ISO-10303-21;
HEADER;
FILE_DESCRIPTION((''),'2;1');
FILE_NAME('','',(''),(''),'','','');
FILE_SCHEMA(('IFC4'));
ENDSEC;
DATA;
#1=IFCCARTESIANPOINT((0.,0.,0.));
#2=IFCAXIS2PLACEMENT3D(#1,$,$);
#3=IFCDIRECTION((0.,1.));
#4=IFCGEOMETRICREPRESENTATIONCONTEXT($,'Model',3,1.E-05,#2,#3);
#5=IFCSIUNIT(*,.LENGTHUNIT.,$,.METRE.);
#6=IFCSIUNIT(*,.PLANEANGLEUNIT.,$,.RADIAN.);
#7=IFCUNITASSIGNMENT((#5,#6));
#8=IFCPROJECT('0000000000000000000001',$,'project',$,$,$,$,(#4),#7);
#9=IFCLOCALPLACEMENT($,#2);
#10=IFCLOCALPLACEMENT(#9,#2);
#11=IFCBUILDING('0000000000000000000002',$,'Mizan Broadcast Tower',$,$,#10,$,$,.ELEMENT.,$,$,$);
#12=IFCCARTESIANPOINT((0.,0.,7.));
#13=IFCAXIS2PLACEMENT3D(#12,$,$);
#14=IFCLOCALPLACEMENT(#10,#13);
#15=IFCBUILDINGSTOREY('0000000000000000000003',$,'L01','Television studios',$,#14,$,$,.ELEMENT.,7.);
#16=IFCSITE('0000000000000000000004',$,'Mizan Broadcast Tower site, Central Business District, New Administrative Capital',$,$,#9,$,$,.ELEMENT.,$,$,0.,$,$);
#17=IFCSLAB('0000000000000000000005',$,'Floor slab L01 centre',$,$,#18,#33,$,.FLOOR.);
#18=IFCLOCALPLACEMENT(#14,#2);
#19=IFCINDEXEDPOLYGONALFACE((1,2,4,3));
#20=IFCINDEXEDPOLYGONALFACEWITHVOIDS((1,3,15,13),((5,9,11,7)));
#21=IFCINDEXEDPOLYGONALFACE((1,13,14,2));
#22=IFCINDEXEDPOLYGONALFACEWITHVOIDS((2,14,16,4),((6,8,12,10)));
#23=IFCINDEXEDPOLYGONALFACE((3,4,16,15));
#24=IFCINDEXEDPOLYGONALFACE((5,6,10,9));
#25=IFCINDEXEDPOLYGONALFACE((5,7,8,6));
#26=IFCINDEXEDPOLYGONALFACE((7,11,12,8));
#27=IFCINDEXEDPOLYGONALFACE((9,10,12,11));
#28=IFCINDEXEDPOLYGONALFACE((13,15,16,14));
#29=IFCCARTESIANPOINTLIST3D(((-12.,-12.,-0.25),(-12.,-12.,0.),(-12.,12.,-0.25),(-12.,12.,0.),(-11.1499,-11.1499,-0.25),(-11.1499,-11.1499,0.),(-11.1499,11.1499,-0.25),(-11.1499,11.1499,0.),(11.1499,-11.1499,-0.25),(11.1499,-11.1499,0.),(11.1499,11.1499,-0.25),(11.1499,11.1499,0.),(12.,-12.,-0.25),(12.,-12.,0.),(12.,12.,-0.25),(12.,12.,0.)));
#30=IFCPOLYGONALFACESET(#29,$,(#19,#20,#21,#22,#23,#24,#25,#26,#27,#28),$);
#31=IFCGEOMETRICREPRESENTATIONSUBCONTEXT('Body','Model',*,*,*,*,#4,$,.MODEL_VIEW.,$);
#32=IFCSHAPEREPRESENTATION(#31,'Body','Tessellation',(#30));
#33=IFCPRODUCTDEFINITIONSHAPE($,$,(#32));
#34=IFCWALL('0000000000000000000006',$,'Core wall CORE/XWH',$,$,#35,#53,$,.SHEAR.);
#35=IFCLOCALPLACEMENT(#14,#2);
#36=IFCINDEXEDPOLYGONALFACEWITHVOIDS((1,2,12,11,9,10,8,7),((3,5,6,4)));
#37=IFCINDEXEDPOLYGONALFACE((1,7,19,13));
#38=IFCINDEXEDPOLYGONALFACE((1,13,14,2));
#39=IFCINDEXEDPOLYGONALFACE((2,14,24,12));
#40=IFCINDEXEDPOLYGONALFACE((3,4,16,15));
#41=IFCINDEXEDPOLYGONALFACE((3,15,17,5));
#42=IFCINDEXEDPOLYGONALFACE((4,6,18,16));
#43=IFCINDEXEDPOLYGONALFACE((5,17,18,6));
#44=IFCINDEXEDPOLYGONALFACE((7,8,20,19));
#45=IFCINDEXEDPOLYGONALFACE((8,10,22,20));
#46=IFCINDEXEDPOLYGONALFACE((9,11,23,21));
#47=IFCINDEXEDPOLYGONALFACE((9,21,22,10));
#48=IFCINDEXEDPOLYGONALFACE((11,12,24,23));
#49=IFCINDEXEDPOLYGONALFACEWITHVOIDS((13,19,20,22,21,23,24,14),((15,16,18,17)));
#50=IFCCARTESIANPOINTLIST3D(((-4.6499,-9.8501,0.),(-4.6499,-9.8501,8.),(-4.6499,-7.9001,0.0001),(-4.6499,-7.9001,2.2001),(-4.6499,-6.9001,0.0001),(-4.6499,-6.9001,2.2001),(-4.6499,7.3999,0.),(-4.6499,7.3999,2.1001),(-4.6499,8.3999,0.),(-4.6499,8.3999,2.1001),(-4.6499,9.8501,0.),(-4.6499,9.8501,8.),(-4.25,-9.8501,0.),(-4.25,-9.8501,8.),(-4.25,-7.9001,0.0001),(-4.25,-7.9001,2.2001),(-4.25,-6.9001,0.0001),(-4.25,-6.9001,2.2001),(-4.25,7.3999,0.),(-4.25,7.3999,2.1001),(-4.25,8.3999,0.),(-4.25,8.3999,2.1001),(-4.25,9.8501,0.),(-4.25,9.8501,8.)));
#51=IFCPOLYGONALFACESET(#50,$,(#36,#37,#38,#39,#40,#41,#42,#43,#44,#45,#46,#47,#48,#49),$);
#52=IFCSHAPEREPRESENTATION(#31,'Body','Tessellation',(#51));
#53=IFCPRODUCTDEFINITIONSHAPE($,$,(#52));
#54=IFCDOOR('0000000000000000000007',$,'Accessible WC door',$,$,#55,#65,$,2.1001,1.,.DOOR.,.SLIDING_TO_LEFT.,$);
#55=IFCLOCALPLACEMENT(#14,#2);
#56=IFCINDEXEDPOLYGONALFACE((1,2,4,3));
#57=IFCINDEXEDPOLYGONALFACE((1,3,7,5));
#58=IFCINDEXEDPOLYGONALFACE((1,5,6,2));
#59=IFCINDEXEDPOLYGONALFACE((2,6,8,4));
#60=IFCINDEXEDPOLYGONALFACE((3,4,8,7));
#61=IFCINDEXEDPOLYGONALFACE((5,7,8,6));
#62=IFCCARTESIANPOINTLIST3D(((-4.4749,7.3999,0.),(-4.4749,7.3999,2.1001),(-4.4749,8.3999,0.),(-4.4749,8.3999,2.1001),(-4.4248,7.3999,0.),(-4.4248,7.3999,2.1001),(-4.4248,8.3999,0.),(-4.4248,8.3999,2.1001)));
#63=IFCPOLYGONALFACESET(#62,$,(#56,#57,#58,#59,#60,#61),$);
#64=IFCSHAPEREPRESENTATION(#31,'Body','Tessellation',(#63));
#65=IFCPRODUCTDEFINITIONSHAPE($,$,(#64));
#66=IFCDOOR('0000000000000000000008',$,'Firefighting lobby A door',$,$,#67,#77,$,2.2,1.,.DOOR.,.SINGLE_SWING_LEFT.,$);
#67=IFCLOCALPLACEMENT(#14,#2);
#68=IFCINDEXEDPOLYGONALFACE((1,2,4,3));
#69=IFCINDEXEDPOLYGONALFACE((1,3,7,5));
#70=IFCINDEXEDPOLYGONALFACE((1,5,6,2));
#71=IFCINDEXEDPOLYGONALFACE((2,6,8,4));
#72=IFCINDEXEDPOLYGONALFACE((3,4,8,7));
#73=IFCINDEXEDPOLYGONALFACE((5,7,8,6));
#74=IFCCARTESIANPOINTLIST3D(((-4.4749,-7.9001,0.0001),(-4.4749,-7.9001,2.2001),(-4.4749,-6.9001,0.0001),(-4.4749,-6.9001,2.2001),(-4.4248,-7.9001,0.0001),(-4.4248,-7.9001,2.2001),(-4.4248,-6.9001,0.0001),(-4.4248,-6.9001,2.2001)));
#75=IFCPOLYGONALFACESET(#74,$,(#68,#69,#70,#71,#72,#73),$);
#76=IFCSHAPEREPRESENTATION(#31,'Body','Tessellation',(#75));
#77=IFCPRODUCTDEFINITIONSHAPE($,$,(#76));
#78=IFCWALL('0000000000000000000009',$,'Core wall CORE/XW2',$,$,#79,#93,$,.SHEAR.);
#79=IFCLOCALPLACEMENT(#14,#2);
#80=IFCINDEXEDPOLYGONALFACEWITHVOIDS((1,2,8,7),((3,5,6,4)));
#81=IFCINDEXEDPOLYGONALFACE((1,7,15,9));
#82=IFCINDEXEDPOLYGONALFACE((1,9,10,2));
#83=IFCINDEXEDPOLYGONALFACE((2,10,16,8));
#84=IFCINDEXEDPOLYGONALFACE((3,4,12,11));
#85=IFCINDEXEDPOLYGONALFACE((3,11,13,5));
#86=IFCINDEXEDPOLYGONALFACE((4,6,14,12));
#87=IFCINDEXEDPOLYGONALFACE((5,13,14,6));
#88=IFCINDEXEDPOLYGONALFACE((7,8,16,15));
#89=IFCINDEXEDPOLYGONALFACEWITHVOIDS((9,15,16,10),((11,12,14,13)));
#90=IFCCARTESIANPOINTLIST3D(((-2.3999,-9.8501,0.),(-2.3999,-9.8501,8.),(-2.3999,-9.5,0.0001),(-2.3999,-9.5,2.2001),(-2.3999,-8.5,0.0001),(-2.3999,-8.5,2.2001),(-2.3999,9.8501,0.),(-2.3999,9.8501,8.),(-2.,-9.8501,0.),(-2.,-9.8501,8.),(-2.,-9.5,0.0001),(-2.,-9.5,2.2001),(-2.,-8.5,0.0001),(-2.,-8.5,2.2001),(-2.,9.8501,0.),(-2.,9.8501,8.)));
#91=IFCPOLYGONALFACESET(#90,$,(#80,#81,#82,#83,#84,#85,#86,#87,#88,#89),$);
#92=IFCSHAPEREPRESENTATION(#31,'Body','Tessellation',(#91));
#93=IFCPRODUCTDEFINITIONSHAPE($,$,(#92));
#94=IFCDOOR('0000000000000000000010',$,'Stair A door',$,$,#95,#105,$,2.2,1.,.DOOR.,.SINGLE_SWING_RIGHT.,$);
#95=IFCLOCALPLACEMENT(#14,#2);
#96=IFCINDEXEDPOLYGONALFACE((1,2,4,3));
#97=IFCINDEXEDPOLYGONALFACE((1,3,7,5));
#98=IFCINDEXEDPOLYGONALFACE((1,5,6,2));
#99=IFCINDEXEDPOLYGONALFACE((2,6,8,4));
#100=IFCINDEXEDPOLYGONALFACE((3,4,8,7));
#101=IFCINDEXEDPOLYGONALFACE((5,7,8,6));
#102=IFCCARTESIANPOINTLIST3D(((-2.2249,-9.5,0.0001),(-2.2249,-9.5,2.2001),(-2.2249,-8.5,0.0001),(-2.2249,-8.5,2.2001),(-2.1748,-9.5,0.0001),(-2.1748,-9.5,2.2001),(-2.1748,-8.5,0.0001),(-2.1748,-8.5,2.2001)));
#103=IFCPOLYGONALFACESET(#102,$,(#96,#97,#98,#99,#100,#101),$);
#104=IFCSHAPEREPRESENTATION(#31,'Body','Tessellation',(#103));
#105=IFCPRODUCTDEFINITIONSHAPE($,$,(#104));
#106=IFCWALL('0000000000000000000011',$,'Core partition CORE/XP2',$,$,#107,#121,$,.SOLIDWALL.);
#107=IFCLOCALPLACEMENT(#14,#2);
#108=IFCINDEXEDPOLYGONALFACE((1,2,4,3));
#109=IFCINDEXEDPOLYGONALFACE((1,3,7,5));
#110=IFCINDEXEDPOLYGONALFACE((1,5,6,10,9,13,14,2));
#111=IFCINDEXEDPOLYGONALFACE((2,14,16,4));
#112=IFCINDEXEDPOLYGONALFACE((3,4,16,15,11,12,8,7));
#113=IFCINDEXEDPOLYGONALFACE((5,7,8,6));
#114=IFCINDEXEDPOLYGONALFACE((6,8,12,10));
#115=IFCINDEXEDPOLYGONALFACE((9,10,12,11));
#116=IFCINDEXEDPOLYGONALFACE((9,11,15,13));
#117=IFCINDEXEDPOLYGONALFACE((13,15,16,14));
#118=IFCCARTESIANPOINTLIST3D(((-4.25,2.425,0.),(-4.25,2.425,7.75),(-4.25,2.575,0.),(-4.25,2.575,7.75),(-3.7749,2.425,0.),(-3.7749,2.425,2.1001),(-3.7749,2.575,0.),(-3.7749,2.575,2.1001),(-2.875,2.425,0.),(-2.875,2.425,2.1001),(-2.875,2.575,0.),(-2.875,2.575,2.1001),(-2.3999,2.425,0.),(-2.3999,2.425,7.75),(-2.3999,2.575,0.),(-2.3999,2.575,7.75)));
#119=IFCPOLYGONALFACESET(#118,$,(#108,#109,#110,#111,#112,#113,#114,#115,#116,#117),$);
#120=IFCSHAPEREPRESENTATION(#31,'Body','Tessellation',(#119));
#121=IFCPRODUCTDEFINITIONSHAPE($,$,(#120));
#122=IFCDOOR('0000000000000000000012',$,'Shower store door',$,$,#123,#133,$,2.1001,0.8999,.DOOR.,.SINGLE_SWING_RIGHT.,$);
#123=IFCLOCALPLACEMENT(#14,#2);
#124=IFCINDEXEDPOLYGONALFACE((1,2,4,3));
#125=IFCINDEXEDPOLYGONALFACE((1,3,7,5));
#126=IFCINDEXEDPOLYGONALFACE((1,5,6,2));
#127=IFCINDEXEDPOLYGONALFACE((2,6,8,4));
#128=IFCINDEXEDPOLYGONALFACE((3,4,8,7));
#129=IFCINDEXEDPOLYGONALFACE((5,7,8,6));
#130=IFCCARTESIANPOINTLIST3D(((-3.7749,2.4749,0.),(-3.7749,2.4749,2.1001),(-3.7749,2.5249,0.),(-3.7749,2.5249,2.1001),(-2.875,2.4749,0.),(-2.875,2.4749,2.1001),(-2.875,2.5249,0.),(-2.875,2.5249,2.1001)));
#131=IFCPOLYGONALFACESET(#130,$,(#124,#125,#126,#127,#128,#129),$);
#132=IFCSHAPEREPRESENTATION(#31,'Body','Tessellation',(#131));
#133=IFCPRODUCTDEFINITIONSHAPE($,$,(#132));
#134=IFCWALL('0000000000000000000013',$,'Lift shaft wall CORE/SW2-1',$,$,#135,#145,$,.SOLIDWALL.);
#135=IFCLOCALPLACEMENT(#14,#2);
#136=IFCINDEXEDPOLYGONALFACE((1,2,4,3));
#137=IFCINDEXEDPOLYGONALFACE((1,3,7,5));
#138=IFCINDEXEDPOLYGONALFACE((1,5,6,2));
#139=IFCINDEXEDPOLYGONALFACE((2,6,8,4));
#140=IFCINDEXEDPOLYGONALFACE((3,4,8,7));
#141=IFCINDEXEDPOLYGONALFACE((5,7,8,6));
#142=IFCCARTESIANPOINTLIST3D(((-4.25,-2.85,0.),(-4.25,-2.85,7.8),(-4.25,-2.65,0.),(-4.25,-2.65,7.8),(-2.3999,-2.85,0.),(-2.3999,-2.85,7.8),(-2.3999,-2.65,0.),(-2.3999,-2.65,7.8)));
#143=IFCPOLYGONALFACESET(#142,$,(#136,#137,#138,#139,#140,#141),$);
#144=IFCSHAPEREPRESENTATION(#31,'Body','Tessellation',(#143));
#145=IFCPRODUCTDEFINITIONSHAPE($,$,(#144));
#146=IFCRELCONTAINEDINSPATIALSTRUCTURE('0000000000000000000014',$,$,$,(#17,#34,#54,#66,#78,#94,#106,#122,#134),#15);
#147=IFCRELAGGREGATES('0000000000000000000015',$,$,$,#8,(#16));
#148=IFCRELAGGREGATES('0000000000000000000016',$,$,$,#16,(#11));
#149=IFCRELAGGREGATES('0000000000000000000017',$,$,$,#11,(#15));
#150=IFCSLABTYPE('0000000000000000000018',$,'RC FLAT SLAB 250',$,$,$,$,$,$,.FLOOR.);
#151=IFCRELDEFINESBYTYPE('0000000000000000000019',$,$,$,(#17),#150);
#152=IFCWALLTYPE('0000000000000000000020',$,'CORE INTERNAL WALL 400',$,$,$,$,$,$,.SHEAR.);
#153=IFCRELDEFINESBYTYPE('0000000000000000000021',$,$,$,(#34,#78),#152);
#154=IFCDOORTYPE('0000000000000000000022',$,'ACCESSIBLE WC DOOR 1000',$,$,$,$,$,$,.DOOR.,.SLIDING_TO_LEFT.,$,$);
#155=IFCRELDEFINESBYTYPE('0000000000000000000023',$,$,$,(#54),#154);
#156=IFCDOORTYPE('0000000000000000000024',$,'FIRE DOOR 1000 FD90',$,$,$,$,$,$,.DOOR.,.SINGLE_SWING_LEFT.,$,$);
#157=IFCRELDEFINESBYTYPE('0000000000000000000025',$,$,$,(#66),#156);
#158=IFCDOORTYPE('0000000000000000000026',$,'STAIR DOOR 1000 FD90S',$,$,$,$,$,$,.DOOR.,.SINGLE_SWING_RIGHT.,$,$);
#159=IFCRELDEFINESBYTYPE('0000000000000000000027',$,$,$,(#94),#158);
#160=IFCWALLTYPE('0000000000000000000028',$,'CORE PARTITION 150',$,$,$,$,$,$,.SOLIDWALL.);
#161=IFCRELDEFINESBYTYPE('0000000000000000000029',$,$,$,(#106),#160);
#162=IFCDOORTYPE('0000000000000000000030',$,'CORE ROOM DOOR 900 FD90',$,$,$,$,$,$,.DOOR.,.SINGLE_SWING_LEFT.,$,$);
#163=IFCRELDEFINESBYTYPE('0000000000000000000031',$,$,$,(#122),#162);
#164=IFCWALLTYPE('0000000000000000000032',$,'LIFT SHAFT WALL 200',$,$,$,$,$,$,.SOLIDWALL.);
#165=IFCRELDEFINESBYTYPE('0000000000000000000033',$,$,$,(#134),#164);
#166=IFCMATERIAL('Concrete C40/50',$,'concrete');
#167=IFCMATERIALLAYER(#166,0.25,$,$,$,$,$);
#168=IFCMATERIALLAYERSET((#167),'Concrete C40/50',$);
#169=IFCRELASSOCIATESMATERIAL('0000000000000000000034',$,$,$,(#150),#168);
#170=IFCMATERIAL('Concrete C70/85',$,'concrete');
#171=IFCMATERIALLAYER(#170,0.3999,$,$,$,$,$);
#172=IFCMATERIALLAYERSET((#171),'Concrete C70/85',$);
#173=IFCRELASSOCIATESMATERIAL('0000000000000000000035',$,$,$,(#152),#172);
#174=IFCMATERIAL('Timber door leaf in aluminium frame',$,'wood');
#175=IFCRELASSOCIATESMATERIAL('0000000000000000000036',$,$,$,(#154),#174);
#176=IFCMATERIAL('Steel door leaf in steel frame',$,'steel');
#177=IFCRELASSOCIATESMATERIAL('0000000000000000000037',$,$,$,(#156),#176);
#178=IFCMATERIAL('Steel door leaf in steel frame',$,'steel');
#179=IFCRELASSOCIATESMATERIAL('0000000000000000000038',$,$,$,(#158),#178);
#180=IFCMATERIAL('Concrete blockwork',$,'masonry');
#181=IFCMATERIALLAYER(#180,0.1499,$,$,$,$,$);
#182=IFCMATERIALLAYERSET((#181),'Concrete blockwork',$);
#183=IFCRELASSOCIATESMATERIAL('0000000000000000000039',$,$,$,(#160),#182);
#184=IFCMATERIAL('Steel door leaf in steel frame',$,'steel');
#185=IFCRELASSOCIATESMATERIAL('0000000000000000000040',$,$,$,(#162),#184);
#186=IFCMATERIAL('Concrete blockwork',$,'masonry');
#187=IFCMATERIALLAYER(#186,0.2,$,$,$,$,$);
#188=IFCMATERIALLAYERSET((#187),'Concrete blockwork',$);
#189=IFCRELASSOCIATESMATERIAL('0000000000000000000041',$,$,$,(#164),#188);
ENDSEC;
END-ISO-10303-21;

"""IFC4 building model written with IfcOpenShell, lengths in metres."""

from ifc_helpers import new_model, si_unit, direction, frame, frame_2d, origin, place, context, subcontext, project, spatial, polyline, rectangle, outline, extrude, material, layer, layer_set, type_object, element, fill, save


model = new_model("IFC4")

# Units and contexts
model_context = context("Model", 3, precision=1e-05, world=origin(), true_north=direction((0.0, 1.0)))
body_context = subcontext(model_context, "Body", "Model", "MODEL_VIEW")
ifc_project = project(units=[si_unit("LENGTHUNIT", "METRE"), si_unit("PLANEANGLEUNIT", "RADIAN")], contexts=[model_context])

# Site, building, storey
site_placement = place(None, origin())
site = spatial("IfcSite", under=ifc_project, at=site_placement, Name="Mizan Broadcast Tower site, Central Business District, New Administrative Capital", CompositionType="ELEMENT", RefElevation=0.0)
building_placement = place(site_placement, origin())
building = spatial("IfcBuilding", under=site, at=building_placement, Name="Mizan Broadcast Tower", CompositionType="ELEMENT")
storey_placement = place(building_placement, frame((0.0, 0.0, 7.0)))
storey = spatial("IfcBuildingStorey", under=building, at=storey_placement, Name="L01", Description="Television studios", CompositionType="ELEMENT", Elevation=7.0)

# Slab
ifc_material_1 = material(Name="Concrete C40/50", Category="concrete")
ifc_layer_1 = layer(ifc_material_1, 0.25)
ifc_layer_set_1 = layer_set([ifc_layer_1], Name="Concrete C40/50")
slab_type = type_object("IfcSlabType", Name="RC FLAT SLAB 250", PredefinedType="FLOOR", material=ifc_layer_set_1)
slab_placement = place(storey_placement, frame((0.0, 0.0, -0.25)))
element("IfcSlab", 1, at=slab_placement, inside=storey, type_object=slab_type, Name="Floor slab L01 centre", PredefinedType="FLOOR", context=body_context, shape_type="SweptSolid", body=[
    extrude(outline(polyline([(-12.0, -12.0), (12.0, -12.0), (12.0, 12.0), (-12.0, 12.0), (-12.0, -12.0)]), holes=[polyline([(-11.1499, 11.1499), (11.1499, 11.1499), (11.1499, -11.1499), (-11.1499, -11.1499), (-11.1499, 11.1499)])]), origin(), (0.0, 0.0, 1.0), 0.25),
])

# Wall, openings, doors
ifc_material_2 = material(Name="Concrete C70/85", Category="concrete")
ifc_layer_2 = layer(ifc_material_2, 0.3999)
ifc_layer_set_2 = layer_set([ifc_layer_2], Name="Concrete C70/85")
wall_type_1 = type_object("IfcWallType", Name="CORE INTERNAL WALL 400", PredefinedType="SHEAR", material=ifc_layer_set_2)
wall_1_placement = place(storey_placement, frame((-4.45, -9.8501, 0.0), z_axis=(0.0, 0.0, 1.0), x_axis=(0.0, 1.0, 0.0)))
wall_1 = element("IfcWall", 2, at=wall_1_placement, inside=storey, type_object=wall_type_1, Name="Core wall CORE/XWH", PredefinedType="SHEAR", context=body_context, shape_type="SweptSolid", body=[
    extrude(rectangle(XDim=19.7002, YDim=0.3999, at=frame_2d((9.8501, 0.0))), origin(), (0.0, 0.0, 1.0), 8.0),
])
opening_1_placement = place(wall_1_placement, frame((1.95, 0.0, 0.0)))
opening_1 = element("IfcOpeningElement", 3, at=opening_1_placement, cuts=wall_1, PredefinedType="OPENING", context=body_context, shape_type="SweptSolid", body=[
    extrude(rectangle(XDim=1.0, YDim=2.2, at=frame_2d((0.5, 1.1001))), frame((0.0, 0.21, 0.0), z_axis=(0.0, -1.0, 0.0), x_axis=(1.0, 0.0, 0.0)), (0.0, 0.0, 1.0), 0.4199),
])
opening_2_placement = place(wall_1_placement, frame((17.25, 0.0, 0.0)))
opening_2 = element("IfcOpeningElement", 4, at=opening_2_placement, cuts=wall_1, PredefinedType="OPENING", context=body_context, shape_type="SweptSolid", body=[
    extrude(rectangle(XDim=1.0, YDim=2.1001, at=frame_2d((0.5, 1.05))), frame((0.0, 0.21, 0.0), z_axis=(0.0, -1.0, 0.0), x_axis=(1.0, 0.0, 0.0)), (0.0, 0.0, 1.0), 0.4199),
])
ifc_material_3 = material(Name="Timber door leaf in aluminium frame", Category="wood")
door_type_1 = type_object("IfcDoorType", Name="ACCESSIBLE WC DOOR 1000", OperationType="SLIDING_TO_LEFT", PredefinedType="DOOR", material=ifc_material_3)
door_1_placement = place(opening_2_placement, origin())
door_1 = element("IfcDoor", 5, at=door_1_placement, inside=storey, type_object=door_type_1, Name="Accessible WC door", OperationType="SLIDING_TO_LEFT", OverallHeight=2.1001, OverallWidth=1.0, PredefinedType="DOOR", context=body_context, shape_type="SweptSolid", body=[
    extrude(rectangle(XDim=1.0, YDim=2.1001, at=frame_2d((0.5, 1.05))), frame((0.0, 0.0249, 0.0), z_axis=(0.0, -1.0, 0.0), x_axis=(1.0, 0.0, 0.0)), (0.0, 0.0, 1.0), 0.05),
])
fill(opening_2, door_1)
ifc_material_4 = material(Name="Steel door leaf in steel frame", Category="steel")
door_type_2 = type_object("IfcDoorType", Name="FIRE DOOR 1000 FD90", OperationType="SINGLE_SWING_LEFT", PredefinedType="DOOR", material=ifc_material_4)
door_2_placement = place(opening_1_placement, origin())
door_2 = element("IfcDoor", 6, at=door_2_placement, inside=storey, type_object=door_type_2, Name="Firefighting lobby A door", OperationType="SINGLE_SWING_LEFT", OverallHeight=2.2, OverallWidth=1.0, PredefinedType="DOOR", context=body_context, shape_type="SweptSolid", body=[
    extrude(rectangle(XDim=1.0, YDim=2.2, at=frame_2d((0.5, 1.1001))), frame((0.0, 0.0249, 0.0), z_axis=(0.0, -1.0, 0.0), x_axis=(1.0, 0.0, 0.0)), (0.0, 0.0, 1.0), 0.05),
])
fill(opening_1, door_2)

# Walls, openings, doors
wall_2_placement = place(storey_placement, frame((-2.2, -9.8501, 0.0), z_axis=(0.0, 0.0, 1.0), x_axis=(0.0, 1.0, 0.0)))
wall_2 = element("IfcWall", 7, at=wall_2_placement, inside=storey, type_object=wall_type_1, Name="Core wall CORE/XW2", PredefinedType="SHEAR", context=body_context, shape_type="SweptSolid", body=[
    extrude(rectangle(XDim=19.7002, YDim=0.3999, at=frame_2d((9.8501, 0.0))), origin(), (0.0, 0.0, 1.0), 8.0),
])
opening_3_placement = place(wall_2_placement, frame((0.3501, 0.0, 0.0)))
opening_3 = element("IfcOpeningElement", 8, at=opening_3_placement, cuts=wall_2, PredefinedType="OPENING", context=body_context, shape_type="SweptSolid", body=[
    extrude(rectangle(XDim=1.0, YDim=2.2, at=frame_2d((0.5, 1.1001))), frame((0.0, 0.21, 0.0), z_axis=(0.0, -1.0, 0.0), x_axis=(1.0, 0.0, 0.0)), (0.0, 0.0, 1.0), 0.4199),
])
ifc_material_5 = material(Name="Steel door leaf in steel frame", Category="steel")
door_type_3 = type_object("IfcDoorType", Name="STAIR DOOR 1000 FD90S", OperationType="SINGLE_SWING_RIGHT", PredefinedType="DOOR", material=ifc_material_5)
door_3_placement = place(opening_3_placement, origin())
door_3 = element("IfcDoor", 9, at=door_3_placement, inside=storey, type_object=door_type_3, Name="Stair A door", OperationType="SINGLE_SWING_RIGHT", OverallHeight=2.2, OverallWidth=1.0, PredefinedType="DOOR", context=body_context, shape_type="SweptSolid", body=[
    extrude(rectangle(XDim=1.0, YDim=2.2, at=frame_2d((0.5, 1.1001))), frame((0.0, 0.0249, 0.0), z_axis=(0.0, -1.0, 0.0), x_axis=(1.0, 0.0, 0.0)), (0.0, 0.0, 1.0), 0.05),
])
fill(opening_3, door_3)
ifc_material_6 = material(Name="Concrete blockwork", Category="masonry")
ifc_layer_3 = layer(ifc_material_6, 0.1499)
ifc_layer_set_3 = layer_set([ifc_layer_3], Name="Concrete blockwork")
wall_type_2 = type_object("IfcWallType", Name="CORE PARTITION 150", PredefinedType="SOLIDWALL", material=ifc_layer_set_3)
wall_3_placement = place(storey_placement, frame((-4.25, 2.5, 0.0), z_axis=(0.0, 0.0, 1.0), x_axis=(1.0, 0.0, 0.0)))
wall_3 = element("IfcWall", 10, at=wall_3_placement, inside=storey, type_object=wall_type_2, Name="Core partition CORE/XP2", PredefinedType="SOLIDWALL", context=body_context, shape_type="SweptSolid", body=[
    extrude(rectangle(XDim=1.8501, YDim=0.1499, at=frame_2d((0.925, 0.0))), origin(), (0.0, 0.0, 1.0), 7.75),
])
opening_4_placement = place(wall_3_placement, frame((0.4751, 0.0, 0.0)))
opening_4 = element("IfcOpeningElement", 11, at=opening_4_placement, cuts=wall_3, PredefinedType="OPENING", context=body_context, shape_type="SweptSolid", body=[
    extrude(rectangle(XDim=0.8999, YDim=2.1001, at=frame_2d((0.45, 1.05))), frame((0.0, 0.085, 0.0), z_axis=(0.0, -1.0, 0.0), x_axis=(1.0, 0.0, 0.0)), (0.0, 0.0, 1.0), 0.1699),
])
ifc_material_7 = material(Name="Steel door leaf in steel frame", Category="steel")
door_type_4 = type_object("IfcDoorType", Name="CORE ROOM DOOR 900 FD90", OperationType="SINGLE_SWING_LEFT", PredefinedType="DOOR", material=ifc_material_7)
door_4_placement = place(opening_4_placement, origin())
door_4 = element("IfcDoor", 12, at=door_4_placement, inside=storey, type_object=door_type_4, Name="Shower store door", OperationType="SINGLE_SWING_RIGHT", OverallHeight=2.1001, OverallWidth=0.8999, PredefinedType="DOOR", context=body_context, shape_type="SweptSolid", body=[
    extrude(rectangle(XDim=0.8999, YDim=2.1001, at=frame_2d((0.45, 1.05))), frame((0.0, 0.0249, 0.0), z_axis=(0.0, -1.0, 0.0), x_axis=(1.0, 0.0, 0.0)), (0.0, 0.0, 1.0), 0.05),
])
fill(opening_4, door_4)

# Wall
ifc_material_8 = material(Name="Concrete blockwork", Category="masonry")
ifc_layer_4 = layer(ifc_material_8, 0.2)
ifc_layer_set_4 = layer_set([ifc_layer_4], Name="Concrete blockwork")
wall_type_3 = type_object("IfcWallType", Name="LIFT SHAFT WALL 200", PredefinedType="SOLIDWALL", material=ifc_layer_set_4)
wall_4_placement = place(storey_placement, frame((-4.25, -2.75, 0.0), z_axis=(0.0, 0.0, 1.0), x_axis=(1.0, 0.0, 0.0)))
element("IfcWall", 13, at=wall_4_placement, inside=storey, type_object=wall_type_3, Name="Lift shaft wall CORE/SW2-1", PredefinedType="SOLIDWALL", context=body_context, shape_type="SweptSolid", body=[
    extrude(rectangle(XDim=1.8501, YDim=0.2, at=frame_2d((0.925, 0.0))), origin(), (0.0, 0.0, 1.0), 7.8),
])

save(model, "model.ifc")
